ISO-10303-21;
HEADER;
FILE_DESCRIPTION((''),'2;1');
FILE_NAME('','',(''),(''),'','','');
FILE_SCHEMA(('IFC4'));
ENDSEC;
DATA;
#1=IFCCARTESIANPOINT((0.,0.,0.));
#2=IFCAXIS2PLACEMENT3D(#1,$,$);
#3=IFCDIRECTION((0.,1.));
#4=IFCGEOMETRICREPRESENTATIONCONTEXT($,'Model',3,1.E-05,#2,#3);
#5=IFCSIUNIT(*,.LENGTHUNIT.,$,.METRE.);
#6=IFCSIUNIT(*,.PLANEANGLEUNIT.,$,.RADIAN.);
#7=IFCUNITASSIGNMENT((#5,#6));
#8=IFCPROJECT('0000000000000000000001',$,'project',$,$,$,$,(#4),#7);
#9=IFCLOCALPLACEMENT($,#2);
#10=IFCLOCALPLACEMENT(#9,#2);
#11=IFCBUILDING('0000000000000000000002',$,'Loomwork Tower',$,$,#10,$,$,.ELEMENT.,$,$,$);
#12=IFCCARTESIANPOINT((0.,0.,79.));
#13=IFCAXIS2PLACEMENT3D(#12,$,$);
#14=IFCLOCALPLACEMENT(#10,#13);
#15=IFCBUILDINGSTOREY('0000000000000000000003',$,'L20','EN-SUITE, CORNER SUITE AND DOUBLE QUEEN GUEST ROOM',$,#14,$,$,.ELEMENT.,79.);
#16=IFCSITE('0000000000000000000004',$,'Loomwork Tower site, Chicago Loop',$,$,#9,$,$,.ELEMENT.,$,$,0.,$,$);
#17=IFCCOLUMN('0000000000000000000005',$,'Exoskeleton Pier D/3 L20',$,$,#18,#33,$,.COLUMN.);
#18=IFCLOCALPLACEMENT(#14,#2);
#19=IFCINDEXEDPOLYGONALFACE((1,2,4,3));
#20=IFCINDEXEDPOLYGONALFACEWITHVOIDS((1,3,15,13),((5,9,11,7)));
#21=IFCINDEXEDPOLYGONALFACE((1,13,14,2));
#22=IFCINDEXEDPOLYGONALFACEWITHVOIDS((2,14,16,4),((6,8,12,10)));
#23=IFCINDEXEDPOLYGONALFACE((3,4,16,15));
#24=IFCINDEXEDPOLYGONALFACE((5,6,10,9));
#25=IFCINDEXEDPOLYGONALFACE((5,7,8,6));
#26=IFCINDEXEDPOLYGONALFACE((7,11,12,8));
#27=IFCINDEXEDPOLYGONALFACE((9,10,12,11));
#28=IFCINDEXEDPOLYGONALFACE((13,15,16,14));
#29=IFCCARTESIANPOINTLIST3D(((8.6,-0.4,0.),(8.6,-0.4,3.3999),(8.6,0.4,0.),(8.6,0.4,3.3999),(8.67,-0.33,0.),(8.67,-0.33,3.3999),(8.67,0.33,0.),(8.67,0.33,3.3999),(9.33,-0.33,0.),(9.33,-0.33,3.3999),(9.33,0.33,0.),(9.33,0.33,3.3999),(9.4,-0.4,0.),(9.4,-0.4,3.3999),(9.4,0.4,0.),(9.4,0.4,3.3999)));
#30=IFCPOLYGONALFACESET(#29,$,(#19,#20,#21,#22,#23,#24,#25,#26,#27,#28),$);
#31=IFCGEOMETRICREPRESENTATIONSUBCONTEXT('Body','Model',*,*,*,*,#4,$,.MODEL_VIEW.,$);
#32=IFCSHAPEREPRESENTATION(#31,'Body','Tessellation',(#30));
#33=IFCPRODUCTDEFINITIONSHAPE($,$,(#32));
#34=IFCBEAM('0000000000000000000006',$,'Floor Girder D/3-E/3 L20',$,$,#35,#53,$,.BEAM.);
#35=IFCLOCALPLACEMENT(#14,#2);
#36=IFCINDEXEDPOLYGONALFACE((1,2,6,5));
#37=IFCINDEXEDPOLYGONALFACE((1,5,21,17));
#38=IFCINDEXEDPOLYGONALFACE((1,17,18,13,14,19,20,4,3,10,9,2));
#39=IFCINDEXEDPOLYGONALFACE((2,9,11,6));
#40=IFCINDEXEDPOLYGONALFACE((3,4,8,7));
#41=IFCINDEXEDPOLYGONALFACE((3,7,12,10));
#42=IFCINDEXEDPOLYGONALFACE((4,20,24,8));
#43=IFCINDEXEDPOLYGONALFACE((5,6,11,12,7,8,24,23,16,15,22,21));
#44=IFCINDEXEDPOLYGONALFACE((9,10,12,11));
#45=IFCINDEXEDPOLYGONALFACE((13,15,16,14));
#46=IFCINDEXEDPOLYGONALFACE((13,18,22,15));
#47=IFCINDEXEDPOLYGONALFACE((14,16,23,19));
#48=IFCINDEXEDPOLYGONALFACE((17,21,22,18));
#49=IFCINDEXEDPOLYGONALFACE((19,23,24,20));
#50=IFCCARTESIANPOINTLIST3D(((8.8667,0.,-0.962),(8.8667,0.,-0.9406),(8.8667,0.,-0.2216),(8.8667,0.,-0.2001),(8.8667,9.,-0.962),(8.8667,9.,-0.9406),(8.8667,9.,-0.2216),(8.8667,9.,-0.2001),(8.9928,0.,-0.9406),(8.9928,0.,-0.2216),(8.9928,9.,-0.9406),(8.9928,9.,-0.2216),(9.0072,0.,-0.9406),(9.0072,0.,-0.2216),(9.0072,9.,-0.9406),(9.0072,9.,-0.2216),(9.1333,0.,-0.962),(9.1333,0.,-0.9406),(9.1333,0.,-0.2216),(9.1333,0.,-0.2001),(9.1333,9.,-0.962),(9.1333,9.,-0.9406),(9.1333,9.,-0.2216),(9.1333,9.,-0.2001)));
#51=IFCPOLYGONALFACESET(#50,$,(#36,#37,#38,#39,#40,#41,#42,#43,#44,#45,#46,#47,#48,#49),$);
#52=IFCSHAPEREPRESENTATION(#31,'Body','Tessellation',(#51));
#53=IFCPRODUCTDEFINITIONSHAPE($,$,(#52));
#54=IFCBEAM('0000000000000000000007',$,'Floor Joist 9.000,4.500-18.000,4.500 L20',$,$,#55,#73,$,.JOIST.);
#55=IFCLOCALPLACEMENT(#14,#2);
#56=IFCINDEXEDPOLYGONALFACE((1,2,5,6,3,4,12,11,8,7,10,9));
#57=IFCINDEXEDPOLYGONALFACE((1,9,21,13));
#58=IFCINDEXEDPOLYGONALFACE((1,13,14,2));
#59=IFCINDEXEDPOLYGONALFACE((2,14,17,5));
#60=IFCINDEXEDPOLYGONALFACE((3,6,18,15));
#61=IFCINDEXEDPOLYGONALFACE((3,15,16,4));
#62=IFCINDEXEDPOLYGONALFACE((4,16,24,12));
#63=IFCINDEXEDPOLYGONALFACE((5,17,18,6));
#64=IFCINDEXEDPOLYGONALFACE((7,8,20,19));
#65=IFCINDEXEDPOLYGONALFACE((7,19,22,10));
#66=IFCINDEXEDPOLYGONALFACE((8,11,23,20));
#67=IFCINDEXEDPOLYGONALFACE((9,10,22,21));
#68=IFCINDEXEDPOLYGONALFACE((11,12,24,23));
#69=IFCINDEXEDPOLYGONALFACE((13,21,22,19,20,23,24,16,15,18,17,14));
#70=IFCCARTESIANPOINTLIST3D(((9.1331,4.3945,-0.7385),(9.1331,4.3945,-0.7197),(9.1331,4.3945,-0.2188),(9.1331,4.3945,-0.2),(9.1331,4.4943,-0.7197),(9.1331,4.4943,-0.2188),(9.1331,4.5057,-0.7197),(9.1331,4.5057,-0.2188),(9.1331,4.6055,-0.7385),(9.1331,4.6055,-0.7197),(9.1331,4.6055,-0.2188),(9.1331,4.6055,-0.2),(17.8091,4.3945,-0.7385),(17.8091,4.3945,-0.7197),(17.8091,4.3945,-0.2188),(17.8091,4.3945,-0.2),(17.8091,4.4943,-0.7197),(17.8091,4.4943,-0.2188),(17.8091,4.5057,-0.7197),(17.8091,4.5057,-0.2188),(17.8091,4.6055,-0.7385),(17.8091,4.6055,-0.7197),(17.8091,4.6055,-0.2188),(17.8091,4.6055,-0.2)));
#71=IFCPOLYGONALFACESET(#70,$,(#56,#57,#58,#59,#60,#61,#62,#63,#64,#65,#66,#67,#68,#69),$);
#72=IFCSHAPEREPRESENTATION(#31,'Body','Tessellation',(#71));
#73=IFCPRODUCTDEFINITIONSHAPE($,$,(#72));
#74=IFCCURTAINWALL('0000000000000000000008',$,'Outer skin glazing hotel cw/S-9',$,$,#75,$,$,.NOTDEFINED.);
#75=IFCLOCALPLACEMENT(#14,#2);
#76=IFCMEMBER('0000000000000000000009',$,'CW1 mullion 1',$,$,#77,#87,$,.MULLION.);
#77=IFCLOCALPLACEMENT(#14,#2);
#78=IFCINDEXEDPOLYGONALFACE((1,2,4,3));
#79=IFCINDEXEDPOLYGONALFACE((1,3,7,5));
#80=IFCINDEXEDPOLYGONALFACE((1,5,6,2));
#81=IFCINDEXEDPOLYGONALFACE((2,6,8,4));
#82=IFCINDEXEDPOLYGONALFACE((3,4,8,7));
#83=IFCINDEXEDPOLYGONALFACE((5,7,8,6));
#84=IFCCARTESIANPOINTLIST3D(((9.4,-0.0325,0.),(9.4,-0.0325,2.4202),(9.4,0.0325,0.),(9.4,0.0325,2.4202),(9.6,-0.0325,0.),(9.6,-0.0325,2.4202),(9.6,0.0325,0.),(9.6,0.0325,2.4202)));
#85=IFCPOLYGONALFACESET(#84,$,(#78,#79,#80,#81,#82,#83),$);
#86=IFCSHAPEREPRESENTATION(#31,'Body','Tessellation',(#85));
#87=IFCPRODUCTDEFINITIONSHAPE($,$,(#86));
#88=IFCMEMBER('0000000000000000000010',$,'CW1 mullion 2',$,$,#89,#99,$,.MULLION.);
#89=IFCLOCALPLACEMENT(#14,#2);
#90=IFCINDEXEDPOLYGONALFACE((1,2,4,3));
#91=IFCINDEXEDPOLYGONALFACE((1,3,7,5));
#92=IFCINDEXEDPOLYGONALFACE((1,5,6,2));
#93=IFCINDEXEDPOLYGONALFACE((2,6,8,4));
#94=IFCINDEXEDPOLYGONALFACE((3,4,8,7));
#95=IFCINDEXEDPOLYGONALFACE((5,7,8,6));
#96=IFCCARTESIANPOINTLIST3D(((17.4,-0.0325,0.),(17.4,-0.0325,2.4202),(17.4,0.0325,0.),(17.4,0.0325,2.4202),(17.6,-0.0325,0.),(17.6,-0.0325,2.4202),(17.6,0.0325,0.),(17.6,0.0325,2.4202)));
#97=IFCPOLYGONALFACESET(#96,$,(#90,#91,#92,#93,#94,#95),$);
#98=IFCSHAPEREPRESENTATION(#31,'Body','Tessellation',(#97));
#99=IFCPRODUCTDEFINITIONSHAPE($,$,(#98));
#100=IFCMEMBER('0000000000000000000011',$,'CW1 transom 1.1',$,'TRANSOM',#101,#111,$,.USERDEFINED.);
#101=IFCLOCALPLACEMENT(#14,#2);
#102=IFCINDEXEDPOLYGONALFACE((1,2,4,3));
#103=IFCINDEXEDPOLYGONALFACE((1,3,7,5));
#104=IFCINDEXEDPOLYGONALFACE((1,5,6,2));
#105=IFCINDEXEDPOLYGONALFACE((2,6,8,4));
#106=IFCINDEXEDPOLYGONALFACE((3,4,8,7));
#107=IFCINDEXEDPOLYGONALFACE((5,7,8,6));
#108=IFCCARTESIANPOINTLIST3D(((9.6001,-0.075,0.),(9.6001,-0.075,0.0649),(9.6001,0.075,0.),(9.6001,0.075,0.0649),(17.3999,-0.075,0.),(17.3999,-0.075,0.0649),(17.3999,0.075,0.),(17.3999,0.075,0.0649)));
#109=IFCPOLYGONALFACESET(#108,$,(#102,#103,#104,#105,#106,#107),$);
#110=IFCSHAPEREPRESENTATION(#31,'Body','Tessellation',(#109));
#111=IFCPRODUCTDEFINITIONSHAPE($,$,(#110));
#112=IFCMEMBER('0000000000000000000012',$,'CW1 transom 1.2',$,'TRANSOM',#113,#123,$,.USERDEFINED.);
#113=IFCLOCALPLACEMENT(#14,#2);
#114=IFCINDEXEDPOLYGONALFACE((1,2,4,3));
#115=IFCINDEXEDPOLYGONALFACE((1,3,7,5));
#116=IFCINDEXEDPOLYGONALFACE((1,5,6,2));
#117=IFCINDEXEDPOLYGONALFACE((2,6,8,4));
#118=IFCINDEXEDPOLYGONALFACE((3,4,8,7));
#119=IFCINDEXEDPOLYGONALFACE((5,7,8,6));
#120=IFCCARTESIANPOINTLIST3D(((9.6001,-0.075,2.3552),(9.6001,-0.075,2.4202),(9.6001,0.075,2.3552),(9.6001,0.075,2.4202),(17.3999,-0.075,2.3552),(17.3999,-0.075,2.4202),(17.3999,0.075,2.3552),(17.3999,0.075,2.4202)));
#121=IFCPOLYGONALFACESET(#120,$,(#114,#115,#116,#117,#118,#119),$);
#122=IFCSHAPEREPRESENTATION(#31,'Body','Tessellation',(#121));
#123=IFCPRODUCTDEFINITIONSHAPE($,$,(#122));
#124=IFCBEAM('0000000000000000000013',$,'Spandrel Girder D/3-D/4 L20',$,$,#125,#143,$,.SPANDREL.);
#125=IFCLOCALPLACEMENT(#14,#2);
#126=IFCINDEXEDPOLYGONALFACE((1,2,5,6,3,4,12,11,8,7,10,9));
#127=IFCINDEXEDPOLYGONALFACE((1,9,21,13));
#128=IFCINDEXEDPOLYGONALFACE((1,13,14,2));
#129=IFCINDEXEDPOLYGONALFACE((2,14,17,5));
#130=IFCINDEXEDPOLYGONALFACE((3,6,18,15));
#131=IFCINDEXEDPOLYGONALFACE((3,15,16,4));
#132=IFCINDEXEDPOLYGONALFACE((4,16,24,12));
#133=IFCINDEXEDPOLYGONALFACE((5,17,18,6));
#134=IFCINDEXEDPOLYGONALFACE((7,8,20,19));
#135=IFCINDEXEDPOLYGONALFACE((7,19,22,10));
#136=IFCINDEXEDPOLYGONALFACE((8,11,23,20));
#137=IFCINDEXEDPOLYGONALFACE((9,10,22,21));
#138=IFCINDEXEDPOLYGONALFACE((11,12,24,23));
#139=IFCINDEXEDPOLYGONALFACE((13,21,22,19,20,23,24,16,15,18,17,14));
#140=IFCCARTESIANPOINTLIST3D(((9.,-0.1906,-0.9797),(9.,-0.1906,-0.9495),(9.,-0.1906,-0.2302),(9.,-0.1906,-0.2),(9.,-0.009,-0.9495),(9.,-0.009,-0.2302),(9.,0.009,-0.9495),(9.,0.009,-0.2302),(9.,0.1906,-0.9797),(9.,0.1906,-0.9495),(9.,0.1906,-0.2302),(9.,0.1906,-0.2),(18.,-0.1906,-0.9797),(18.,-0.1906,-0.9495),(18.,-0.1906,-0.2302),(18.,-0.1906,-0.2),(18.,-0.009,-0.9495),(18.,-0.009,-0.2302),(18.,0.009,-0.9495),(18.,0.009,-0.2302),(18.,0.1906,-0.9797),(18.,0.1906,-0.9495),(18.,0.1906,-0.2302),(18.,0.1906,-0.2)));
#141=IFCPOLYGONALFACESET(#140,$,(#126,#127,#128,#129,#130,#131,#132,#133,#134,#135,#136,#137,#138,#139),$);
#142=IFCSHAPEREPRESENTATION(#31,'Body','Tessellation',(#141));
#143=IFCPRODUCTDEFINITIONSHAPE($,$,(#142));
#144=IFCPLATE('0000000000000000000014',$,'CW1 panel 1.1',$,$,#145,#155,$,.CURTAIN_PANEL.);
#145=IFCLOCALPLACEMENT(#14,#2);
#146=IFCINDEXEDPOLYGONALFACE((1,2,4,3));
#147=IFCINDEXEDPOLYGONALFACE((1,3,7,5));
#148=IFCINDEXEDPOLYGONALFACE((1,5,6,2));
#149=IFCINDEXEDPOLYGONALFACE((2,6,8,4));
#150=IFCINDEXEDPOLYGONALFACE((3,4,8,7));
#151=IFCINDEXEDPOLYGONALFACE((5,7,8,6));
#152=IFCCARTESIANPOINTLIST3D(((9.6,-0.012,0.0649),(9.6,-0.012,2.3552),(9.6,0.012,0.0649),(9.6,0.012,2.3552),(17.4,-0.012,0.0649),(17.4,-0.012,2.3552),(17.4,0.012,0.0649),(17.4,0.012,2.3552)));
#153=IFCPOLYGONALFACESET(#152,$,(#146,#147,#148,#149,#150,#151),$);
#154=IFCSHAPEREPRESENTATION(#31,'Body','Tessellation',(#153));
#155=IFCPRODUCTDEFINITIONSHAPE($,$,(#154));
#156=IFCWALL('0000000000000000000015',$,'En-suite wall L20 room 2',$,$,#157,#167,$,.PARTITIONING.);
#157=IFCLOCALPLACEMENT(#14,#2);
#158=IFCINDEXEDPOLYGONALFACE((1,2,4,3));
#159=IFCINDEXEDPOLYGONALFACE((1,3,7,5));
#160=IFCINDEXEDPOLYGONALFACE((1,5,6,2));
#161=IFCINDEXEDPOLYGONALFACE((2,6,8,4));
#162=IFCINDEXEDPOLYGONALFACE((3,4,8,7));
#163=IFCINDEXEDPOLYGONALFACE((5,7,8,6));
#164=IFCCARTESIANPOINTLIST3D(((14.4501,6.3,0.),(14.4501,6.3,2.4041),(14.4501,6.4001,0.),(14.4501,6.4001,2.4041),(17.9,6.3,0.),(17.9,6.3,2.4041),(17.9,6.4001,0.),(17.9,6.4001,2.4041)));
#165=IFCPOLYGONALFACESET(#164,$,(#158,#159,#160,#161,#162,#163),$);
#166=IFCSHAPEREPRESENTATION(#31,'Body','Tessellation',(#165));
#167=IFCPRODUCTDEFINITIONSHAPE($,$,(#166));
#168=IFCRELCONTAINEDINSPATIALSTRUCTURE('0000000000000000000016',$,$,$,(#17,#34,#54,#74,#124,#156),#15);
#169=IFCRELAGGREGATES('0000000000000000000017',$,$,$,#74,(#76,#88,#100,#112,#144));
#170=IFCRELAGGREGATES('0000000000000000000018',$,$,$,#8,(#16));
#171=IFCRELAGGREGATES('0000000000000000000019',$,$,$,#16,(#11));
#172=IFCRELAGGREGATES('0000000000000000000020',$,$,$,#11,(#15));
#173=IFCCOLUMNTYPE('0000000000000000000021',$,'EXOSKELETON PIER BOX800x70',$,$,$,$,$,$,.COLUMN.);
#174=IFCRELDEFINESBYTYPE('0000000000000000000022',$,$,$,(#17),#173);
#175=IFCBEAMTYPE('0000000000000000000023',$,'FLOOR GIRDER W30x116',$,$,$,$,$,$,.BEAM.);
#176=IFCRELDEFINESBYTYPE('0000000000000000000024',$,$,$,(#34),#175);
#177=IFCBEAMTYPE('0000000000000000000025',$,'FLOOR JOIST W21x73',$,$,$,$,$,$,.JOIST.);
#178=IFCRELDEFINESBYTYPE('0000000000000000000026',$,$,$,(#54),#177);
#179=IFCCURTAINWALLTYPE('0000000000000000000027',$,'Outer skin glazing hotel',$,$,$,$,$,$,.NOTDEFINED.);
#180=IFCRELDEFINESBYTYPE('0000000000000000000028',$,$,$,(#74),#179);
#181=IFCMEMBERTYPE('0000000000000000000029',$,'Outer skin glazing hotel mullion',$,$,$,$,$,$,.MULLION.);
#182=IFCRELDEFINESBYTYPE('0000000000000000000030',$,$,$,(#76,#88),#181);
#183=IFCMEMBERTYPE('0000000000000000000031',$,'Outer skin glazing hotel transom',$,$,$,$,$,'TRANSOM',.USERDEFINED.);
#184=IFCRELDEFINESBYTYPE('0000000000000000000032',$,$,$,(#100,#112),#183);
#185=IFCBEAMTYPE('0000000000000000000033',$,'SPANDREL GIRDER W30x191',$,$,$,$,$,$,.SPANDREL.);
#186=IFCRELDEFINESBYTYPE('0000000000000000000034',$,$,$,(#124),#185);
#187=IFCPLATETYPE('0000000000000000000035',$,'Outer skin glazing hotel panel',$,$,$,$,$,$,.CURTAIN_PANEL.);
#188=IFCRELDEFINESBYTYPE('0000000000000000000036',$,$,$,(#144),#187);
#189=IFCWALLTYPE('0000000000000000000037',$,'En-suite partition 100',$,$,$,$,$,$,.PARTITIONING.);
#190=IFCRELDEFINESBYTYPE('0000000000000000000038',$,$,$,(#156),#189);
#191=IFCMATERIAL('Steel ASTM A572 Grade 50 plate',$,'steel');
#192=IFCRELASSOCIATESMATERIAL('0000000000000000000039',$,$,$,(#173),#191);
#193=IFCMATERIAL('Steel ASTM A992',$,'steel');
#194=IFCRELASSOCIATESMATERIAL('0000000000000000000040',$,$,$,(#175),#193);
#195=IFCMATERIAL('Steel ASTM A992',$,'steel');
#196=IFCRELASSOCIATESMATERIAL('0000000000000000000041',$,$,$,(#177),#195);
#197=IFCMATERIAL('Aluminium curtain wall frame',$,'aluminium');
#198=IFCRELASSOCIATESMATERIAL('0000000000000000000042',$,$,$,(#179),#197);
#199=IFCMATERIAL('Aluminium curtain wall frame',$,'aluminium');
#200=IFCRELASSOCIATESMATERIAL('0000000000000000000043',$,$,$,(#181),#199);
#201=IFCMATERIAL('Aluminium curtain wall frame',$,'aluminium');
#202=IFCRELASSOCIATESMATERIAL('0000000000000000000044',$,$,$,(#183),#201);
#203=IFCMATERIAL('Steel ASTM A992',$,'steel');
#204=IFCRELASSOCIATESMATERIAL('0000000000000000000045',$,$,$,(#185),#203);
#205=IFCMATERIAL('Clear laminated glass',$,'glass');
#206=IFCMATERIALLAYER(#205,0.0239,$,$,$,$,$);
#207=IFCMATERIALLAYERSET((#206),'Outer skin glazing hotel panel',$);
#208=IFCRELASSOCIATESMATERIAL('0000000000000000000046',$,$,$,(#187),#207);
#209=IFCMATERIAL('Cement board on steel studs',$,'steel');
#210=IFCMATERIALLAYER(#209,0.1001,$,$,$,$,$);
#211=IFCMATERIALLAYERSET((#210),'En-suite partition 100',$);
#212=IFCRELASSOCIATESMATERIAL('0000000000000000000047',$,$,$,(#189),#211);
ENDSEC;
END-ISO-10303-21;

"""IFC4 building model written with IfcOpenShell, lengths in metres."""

from ifc_helpers import new_model, si_unit, direction, frame, frame_2d, origin, origin_2d, place, context, subcontext, project, spatial, rectangle, hollow_rectangle, i_section, extrude, material, layer, layer_set, material_profile, profile_set, type_object, element, aggregate, save


model = new_model("IFC4")

# Units and contexts
model_context = context("Model", 3, precision=1e-05, world=origin(), true_north=direction((0.0, 1.0)))
body_context = subcontext(model_context, "Body", "Model", "MODEL_VIEW")
ifc_project = project(units=[si_unit("LENGTHUNIT", "METRE"), si_unit("PLANEANGLEUNIT", "RADIAN")], contexts=[model_context])

# Site, building, storey
site_placement = place(None, origin())
site = spatial("IfcSite", under=ifc_project, at=site_placement, Name="Loomwork Tower site, Chicago Loop", CompositionType="ELEMENT", RefElevation=0.0)
building_placement = place(site_placement, origin())
building = spatial("IfcBuilding", under=site, at=building_placement, Name="Loomwork Tower", CompositionType="ELEMENT")
storey_placement = place(building_placement, frame((0.0, 0.0, 79.0)))
storey = spatial("IfcBuildingStorey", under=building, at=storey_placement, Name="L20", Description="EN-SUITE, CORNER SUITE AND DOUBLE QUEEN GUEST ROOM", CompositionType="ELEMENT", Elevation=79.0)

# Column
ifc_material_1 = material(Name="Steel ASTM A572 Grade 50 plate", Category="steel")
ifc_material_profile_1 = material_profile(ifc_material_1, hollow_rectangle(XDim=0.8, YDim=0.8, WallThickness=0.0701, at=origin_2d()), Name="BOX800x70")
ifc_profile_set_1 = profile_set([ifc_material_profile_1], Name="Steel ASTM A572 Grade 50 plate")
column_type = type_object("IfcColumnType", Name="EXOSKELETON PIER BOX800x70", PredefinedType="COLUMN", material=ifc_profile_set_1)
column_placement = place(storey_placement, frame((9.0, 0.0, 0.0), z_axis=(0.0, 0.0, 1.0), x_axis=(1.0, 0.0, 0.0)))
element("IfcColumn", 1, at=column_placement, inside=storey, type_object=column_type, Name="Exoskeleton Pier D/3 L20", PredefinedType="COLUMN", context=body_context, shape_type="SweptSolid", body=[
    extrude(hollow_rectangle(XDim=0.8, YDim=0.8, WallThickness=0.0701, at=origin_2d()), origin(), (0.0, 0.0, 1.0), 3.3999),
])

# Beams
ifc_material_2 = material(Name="Steel ASTM A992", Category="steel")
ifc_material_profile_2 = material_profile(ifc_material_2, i_section(OverallWidth=0.2666, OverallDepth=0.762, WebThickness=0.0144, FlangeThickness=0.0215, at=origin_2d()), Name="W30x116")
ifc_profile_set_2 = profile_set([ifc_material_profile_2], Name="Steel ASTM A992")
beam_type_1 = type_object("IfcBeamType", Name="FLOOR GIRDER W30x116", PredefinedType="BEAM", material=ifc_profile_set_2)
beam_1_placement = place(storey_placement, frame((9.0, 0.0, -0.5811), z_axis=(0.0, 1.0, 0.0), x_axis=(-1.0, 0.0, 0.0)))
element("IfcBeam", 2, at=beam_1_placement, inside=storey, type_object=beam_type_1, Name="Floor Girder D/3-E/3 L20", PredefinedType="BEAM", context=body_context, shape_type="SweptSolid", body=[
    extrude(i_section(OverallWidth=0.2666, OverallDepth=0.762, WebThickness=0.0144, FlangeThickness=0.0215, at=origin_2d()), origin(), (0.0, 0.0, 1.0), 9.0),
])
ifc_material_3 = material(Name="Steel ASTM A992", Category="steel")
ifc_material_profile_3 = material_profile(ifc_material_3, i_section(OverallWidth=0.2109, OverallDepth=0.5386, WebThickness=0.0115, FlangeThickness=0.0188, at=origin_2d()), Name="W21x73")
ifc_profile_set_3 = profile_set([ifc_material_profile_3], Name="Steel ASTM A992")
beam_type_2 = type_object("IfcBeamType", Name="FLOOR JOIST W21x73", PredefinedType="JOIST", material=ifc_profile_set_3)
beam_2_placement = place(storey_placement, frame((9.1331, 4.5, -0.4692), z_axis=(1.0, 0.0, 0.0), x_axis=(0.0, 1.0, 0.0)))
element("IfcBeam", 3, at=beam_2_placement, inside=storey, type_object=beam_type_2, Name="Floor Joist 9.000,4.500-18.000,4.500 L20", PredefinedType="JOIST", context=body_context, shape_type="SweptSolid", body=[
    extrude(i_section(OverallWidth=0.2109, OverallDepth=0.5386, WebThickness=0.0115, FlangeThickness=0.0188, at=origin_2d()), origin(), (0.0, 0.0, 1.0), 8.676),
])

# Curtain wall, members
ifc_material_4 = material(Name="Aluminium curtain wall frame", Category="aluminium")
curtain_wall_type = type_object("IfcCurtainWallType", Name="Outer skin glazing hotel", PredefinedType="NOTDEFINED", material=ifc_material_4)
curtain_wall_placement = place(storey_placement, origin())
curtain_wall = element("IfcCurtainWall", 4, at=curtain_wall_placement, inside=storey, type_object=curtain_wall_type, Name="Outer skin glazing hotel cw/S-9", PredefinedType="NOTDEFINED")
ifc_material_5 = material(Name="Aluminium curtain wall frame", Category="aluminium")
ifc_material_profile_4 = material_profile(ifc_material_5, rectangle(XDim=0.0649, YDim=0.2, at=origin_2d()), Name="AL 65x200")
ifc_profile_set_4 = profile_set([ifc_material_profile_4], Name="Aluminium curtain wall frame")
member_type_1 = type_object("IfcMemberType", Name="Outer skin glazing hotel mullion", PredefinedType="MULLION", material=ifc_profile_set_4)
member_1_placement = place(storey_placement, frame((9.5, 0.0, 0.0), z_axis=(0.0, 0.0, 1.0), x_axis=(0.0, 1.0, 0.0)))
member_1 = element("IfcMember", 5, at=member_1_placement, type_object=member_type_1, Name="CW1 mullion 1", PredefinedType="MULLION", context=body_context, shape_type="SweptSolid", body=[
    extrude(rectangle(XDim=0.0649, YDim=0.2, at=origin_2d()), origin(), (0.0, 0.0, 1.0), 2.4202),
])
member_2_placement = place(storey_placement, frame((17.5, 0.0, 0.0), z_axis=(0.0, 0.0, 1.0), x_axis=(0.0, 1.0, 0.0)))
member_2 = element("IfcMember", 6, at=member_2_placement, type_object=member_type_1, Name="CW1 mullion 2", PredefinedType="MULLION", context=body_context, shape_type="SweptSolid", body=[
    extrude(rectangle(XDim=0.0649, YDim=0.2, at=origin_2d()), origin(), (0.0, 0.0, 1.0), 2.4202),
])
ifc_material_6 = material(Name="Aluminium curtain wall frame", Category="aluminium")
ifc_material_profile_5 = material_profile(ifc_material_6, rectangle(XDim=0.1499, YDim=0.0649, at=origin_2d()), Name="AL 65x150")
ifc_profile_set_5 = profile_set([ifc_material_profile_5], Name="Aluminium curtain wall frame")
member_type_2 = type_object("IfcMemberType", Name="Outer skin glazing hotel transom", ElementType="TRANSOM", PredefinedType="USERDEFINED", material=ifc_profile_set_5)
member_3_placement = place(storey_placement, frame((9.6001, 0.0, 0.0325), z_axis=(1.0, 0.0, 0.0), x_axis=(0.0, 1.0, 0.0)))
member_3 = element("IfcMember", 7, at=member_3_placement, type_object=member_type_2, Name="CW1 transom 1.1", ObjectType="TRANSOM", PredefinedType="USERDEFINED", context=body_context, shape_type="SweptSolid", body=[
    extrude(rectangle(XDim=0.1499, YDim=0.0649, at=origin_2d()), origin(), (0.0, 0.0, 1.0), 7.7998),
])
member_4_placement = place(storey_placement, frame((9.6001, 0.0, 2.3877), z_axis=(1.0, 0.0, 0.0), x_axis=(0.0, 1.0, 0.0)))
member_4 = element("IfcMember", 8, at=member_4_placement, type_object=member_type_2, Name="CW1 transom 1.2", ObjectType="TRANSOM", PredefinedType="USERDEFINED", context=body_context, shape_type="SweptSolid", body=[
    extrude(rectangle(XDim=0.1499, YDim=0.0649, at=origin_2d()), origin(), (0.0, 0.0, 1.0), 7.7998),
])

# Beam
ifc_material_7 = material(Name="Steel ASTM A992", Category="steel")
ifc_material_profile_6 = material_profile(ifc_material_7, i_section(OverallWidth=0.3811, OverallDepth=0.7798, WebThickness=0.0181, FlangeThickness=0.0303, at=origin_2d()), Name="W30x191")
ifc_profile_set_6 = profile_set([ifc_material_profile_6], Name="Steel ASTM A992")
beam_type_3 = type_object("IfcBeamType", Name="SPANDREL GIRDER W30x191", PredefinedType="SPANDREL", material=ifc_profile_set_6)
beam_3_placement = place(storey_placement, frame((9.0, 0.0, -0.5898), z_axis=(1.0, 0.0, 0.0), x_axis=(0.0, 1.0, 0.0)))
element("IfcBeam", 9, at=beam_3_placement, inside=storey, type_object=beam_type_3, Name="Spandrel Girder D/3-D/4 L20", PredefinedType="SPANDREL", context=body_context, shape_type="SweptSolid", body=[
    extrude(i_section(OverallWidth=0.3811, OverallDepth=0.7798, WebThickness=0.0181, FlangeThickness=0.0303, at=origin_2d()), origin(), (0.0, 0.0, 1.0), 9.0),
])

# Plate
ifc_material_8 = material(Name="Clear laminated glass", Category="glass")
ifc_layer_1 = layer(ifc_material_8, 0.0239)
ifc_layer_set_1 = layer_set([ifc_layer_1], Name="Outer skin glazing hotel panel")
plate_type = type_object("IfcPlateType", Name="Outer skin glazing hotel panel", PredefinedType="CURTAIN_PANEL", material=ifc_layer_set_1)
plate_placement = place(storey_placement, frame((13.5, 0.0, 0.0649), z_axis=(0.0, 0.0, 1.0), x_axis=(1.0, 0.0, 0.0)))
plate = element("IfcPlate", 10, at=plate_placement, type_object=plate_type, Name="CW1 panel 1.1", PredefinedType="CURTAIN_PANEL", context=body_context, shape_type="SweptSolid", body=[
    extrude(rectangle(XDim=7.8, YDim=0.0239, at=origin_2d()), origin(), (0.0, 0.0, 1.0), 2.2903),
])
aggregate(curtain_wall, [member_1, member_2, member_3, member_4, plate])

# Wall
ifc_material_9 = material(Name="Cement board on steel studs", Category="steel")
ifc_layer_2 = layer(ifc_material_9, 0.1001)
ifc_layer_set_2 = layer_set([ifc_layer_2], Name="En-suite partition 100")
wall_type_1 = type_object("IfcWallType", Name="En-suite partition 100", PredefinedType="PARTITIONING", material=ifc_layer_set_2)
wall_1_placement = place(storey_placement, frame((14.45, 6.3501, 0.0), z_axis=(0.0, 0.0, 1.0), x_axis=(1.0, 0.0, 0.0)))
element("IfcWall", 11, at=wall_1_placement, inside=storey, type_object=wall_type_1, Name="En-suite wall L20 room 2", PredefinedType="PARTITIONING", context=body_context, shape_type="SweptSolid", body=[
    extrude(rectangle(XDim=3.45, YDim=0.1001, at=frame_2d((1.7251, 0.0))), origin(), (0.0, 0.0, 1.0), 2.4041),
])

save(model, "model.ifc")
